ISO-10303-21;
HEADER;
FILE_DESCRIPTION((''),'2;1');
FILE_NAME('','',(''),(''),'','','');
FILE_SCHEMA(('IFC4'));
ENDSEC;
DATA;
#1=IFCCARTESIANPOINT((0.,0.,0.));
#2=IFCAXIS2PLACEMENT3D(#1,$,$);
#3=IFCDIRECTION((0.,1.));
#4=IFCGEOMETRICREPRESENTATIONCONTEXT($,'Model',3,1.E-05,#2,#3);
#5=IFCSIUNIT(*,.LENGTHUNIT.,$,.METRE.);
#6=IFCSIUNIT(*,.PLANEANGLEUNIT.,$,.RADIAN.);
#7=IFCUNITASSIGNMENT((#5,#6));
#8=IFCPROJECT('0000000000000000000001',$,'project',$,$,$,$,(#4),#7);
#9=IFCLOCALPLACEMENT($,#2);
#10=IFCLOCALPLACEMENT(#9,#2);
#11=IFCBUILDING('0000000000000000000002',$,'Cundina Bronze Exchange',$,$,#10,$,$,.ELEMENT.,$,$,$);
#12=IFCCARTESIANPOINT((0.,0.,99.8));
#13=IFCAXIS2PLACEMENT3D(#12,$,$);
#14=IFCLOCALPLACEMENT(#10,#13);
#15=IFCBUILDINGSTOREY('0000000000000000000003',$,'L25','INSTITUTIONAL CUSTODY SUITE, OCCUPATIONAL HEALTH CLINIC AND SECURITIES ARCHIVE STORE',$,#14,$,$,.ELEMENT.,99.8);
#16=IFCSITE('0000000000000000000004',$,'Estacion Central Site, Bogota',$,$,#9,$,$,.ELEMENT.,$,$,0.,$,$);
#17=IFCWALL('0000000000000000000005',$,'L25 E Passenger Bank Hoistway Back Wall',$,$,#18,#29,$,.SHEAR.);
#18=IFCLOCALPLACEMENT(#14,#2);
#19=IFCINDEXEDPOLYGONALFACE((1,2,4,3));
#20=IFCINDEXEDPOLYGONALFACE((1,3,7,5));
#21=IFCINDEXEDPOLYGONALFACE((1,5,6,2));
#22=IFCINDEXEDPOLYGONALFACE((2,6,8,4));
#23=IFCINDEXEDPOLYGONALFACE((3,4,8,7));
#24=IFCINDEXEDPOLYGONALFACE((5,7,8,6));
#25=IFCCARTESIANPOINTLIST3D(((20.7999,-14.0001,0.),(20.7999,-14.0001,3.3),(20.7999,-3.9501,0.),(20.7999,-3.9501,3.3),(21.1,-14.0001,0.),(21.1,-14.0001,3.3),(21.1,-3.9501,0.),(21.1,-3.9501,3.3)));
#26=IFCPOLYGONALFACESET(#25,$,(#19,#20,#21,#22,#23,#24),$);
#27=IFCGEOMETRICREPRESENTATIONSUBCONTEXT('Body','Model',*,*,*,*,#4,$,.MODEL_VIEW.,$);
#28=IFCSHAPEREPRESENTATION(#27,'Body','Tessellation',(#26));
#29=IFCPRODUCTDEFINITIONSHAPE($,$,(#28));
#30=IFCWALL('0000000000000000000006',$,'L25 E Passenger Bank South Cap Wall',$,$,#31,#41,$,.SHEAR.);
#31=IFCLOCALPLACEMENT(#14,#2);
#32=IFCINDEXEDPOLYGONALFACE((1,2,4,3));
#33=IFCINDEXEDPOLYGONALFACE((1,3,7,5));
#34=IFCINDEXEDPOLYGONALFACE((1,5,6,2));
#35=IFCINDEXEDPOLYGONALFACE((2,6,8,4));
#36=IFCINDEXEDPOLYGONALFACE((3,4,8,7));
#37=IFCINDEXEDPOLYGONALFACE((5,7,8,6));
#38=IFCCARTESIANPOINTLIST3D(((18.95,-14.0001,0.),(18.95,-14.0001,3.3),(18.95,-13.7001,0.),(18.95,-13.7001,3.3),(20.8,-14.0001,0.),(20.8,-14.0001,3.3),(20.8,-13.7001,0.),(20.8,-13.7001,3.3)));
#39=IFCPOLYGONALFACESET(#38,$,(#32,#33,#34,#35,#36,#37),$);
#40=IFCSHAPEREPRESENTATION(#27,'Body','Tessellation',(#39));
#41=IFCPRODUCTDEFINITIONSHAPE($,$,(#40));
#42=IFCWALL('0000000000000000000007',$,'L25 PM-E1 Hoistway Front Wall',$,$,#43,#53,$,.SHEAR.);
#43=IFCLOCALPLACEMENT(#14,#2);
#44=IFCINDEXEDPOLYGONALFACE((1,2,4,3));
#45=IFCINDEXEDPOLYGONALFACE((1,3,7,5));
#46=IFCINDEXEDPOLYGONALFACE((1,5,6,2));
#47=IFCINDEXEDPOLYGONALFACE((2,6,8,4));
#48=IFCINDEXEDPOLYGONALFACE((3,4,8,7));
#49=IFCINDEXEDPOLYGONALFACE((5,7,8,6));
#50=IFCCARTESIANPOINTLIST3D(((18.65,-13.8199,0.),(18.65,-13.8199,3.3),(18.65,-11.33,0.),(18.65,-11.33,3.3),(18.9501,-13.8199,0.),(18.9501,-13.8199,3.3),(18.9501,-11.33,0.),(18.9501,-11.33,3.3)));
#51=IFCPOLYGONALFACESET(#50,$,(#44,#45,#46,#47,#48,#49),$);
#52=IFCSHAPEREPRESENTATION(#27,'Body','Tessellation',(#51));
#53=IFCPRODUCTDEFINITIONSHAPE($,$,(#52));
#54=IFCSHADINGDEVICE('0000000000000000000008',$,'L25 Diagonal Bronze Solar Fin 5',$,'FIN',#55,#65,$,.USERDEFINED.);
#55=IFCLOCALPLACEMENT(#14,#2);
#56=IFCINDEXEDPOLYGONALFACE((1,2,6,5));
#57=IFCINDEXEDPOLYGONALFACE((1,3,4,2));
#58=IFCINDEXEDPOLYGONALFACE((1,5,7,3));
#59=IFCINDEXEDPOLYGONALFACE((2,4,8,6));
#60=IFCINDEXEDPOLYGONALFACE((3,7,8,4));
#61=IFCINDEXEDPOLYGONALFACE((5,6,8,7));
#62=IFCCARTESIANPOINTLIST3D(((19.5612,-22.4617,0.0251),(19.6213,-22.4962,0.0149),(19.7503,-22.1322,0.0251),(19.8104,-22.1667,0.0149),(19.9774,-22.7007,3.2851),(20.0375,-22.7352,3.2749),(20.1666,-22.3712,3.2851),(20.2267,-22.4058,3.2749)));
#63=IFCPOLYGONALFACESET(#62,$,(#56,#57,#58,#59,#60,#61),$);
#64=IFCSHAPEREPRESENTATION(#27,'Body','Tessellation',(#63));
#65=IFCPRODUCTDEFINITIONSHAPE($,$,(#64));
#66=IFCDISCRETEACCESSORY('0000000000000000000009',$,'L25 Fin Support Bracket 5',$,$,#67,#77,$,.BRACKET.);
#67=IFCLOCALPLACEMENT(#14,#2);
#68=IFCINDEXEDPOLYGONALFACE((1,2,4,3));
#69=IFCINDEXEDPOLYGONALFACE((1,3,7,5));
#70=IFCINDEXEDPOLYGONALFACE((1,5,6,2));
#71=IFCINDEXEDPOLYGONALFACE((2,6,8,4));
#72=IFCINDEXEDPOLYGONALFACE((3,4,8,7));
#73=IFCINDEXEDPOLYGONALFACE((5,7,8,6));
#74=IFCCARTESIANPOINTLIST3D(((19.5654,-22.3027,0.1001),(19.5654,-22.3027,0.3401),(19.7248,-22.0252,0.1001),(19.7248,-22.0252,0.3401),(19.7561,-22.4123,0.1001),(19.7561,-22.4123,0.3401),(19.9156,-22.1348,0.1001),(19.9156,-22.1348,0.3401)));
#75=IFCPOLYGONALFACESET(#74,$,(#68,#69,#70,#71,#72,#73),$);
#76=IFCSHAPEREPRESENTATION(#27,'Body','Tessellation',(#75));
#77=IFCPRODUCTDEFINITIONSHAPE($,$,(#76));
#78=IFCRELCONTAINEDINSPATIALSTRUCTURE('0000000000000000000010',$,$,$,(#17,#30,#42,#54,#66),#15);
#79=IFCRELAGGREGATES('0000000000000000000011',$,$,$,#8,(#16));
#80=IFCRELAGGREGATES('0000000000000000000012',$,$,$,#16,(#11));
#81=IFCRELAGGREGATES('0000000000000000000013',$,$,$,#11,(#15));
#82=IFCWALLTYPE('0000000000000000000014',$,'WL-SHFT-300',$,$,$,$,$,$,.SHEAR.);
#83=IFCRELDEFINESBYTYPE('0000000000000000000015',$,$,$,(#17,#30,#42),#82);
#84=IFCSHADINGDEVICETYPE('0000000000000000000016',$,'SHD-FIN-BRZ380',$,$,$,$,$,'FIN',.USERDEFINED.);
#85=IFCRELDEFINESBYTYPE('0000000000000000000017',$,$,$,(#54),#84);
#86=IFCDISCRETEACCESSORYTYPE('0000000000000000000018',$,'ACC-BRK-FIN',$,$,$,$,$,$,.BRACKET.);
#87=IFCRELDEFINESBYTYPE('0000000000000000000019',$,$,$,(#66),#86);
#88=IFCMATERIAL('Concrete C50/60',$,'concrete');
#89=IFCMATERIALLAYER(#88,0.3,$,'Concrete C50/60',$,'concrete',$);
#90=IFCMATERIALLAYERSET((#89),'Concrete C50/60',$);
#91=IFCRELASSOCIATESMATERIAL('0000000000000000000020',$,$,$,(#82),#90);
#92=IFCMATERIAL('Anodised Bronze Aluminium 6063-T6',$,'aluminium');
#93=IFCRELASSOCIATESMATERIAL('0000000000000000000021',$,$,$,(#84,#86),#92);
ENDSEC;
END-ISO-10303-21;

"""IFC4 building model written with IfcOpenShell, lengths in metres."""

from ifc_helpers import new_model, si_unit, direction, frame, frame_2d, origin, origin_2d, place, context, subcontext, project, spatial, rectangle, extrude, material, layer, layer_set, material_profile, profile_set, type_object, element, save


model = new_model("IFC4")

# Units and contexts
model_context = context("Model", 3, precision=1e-05, world=origin(), true_north=direction((0.0, 1.0)))
body_context = subcontext(model_context, "Body", "Model", "MODEL_VIEW")
ifc_project = project(units=[si_unit("LENGTHUNIT", "METRE"), si_unit("PLANEANGLEUNIT", "RADIAN")], contexts=[model_context])

# Site, building, storey
site_placement = place(None, origin())
site = spatial("IfcSite", under=ifc_project, at=site_placement, Name="Estacion Central Site, Bogota", CompositionType="ELEMENT", RefElevation=0.0)
building_placement = place(site_placement, origin())
building = spatial("IfcBuilding", under=site, at=building_placement, Name="Cundina Bronze Exchange", CompositionType="ELEMENT")
storey_placement = place(building_placement, frame((0.0, 0.0, 99.8)))
storey = spatial("IfcBuildingStorey", under=building, at=storey_placement, Name="L25", Description="INSTITUTIONAL CUSTODY SUITE, OCCUPATIONAL HEALTH CLINIC AND SECURITIES ARCHIVE STORE", CompositionType="ELEMENT", Elevation=99.8)

# Shared definitions
ifc_material_1 = material(Name="Anodised Bronze Aluminium 6063-T6", Category="aluminium")

# Walls
ifc_material_2 = material(Name="Concrete C50/60", Category="concrete")
ifc_layer_1 = layer(ifc_material_2, 0.3, Name="Concrete C50/60", Category="concrete")
ifc_layer_set_1 = layer_set([ifc_layer_1], Name="Concrete C50/60")
wall_type_1 = type_object("IfcWallType", Name="WL-SHFT-300", PredefinedType="SHEAR", material=ifc_layer_set_1)
wall_1_placement = place(storey_placement, frame((20.95, -14.0, 0.0), z_axis=(0.0, 0.0, 1.0), x_axis=(0.0, 1.0, 0.0)))
element("IfcWall", 1, at=wall_1_placement, inside=storey, type_object=wall_type_1, Name="L25 E Passenger Bank Hoistway Back Wall", PredefinedType="SHEAR", context=body_context, shape_type="SweptSolid", body=[
    extrude(rectangle(XDim=10.05, YDim=0.3, at=frame_2d((5.0249, 0.0))), origin(), (0.0, 0.0, 1.0), 3.3),
])
wall_2_placement = place(storey_placement, frame((18.95, -13.8501, 0.0), z_axis=(0.0, 0.0, 1.0), x_axis=(1.0, 0.0, 0.0)))
element("IfcWall", 2, at=wall_2_placement, inside=storey, type_object=wall_type_1, Name="L25 E Passenger Bank South Cap Wall", PredefinedType="SHEAR", context=body_context, shape_type="SweptSolid", body=[
    extrude(rectangle(XDim=1.8501, YDim=0.3, at=frame_2d((0.925, 0.0))), origin(), (0.0, 0.0, 1.0), 3.3),
])
wall_3_placement = place(storey_placement, frame((18.8, -13.8201, 0.0), z_axis=(0.0, 0.0, 1.0), x_axis=(0.0, 1.0, 0.0)))
element("IfcWall", 3, at=wall_3_placement, inside=storey, type_object=wall_type_1, Name="L25 PM-E1 Hoistway Front Wall", PredefinedType="SHEAR", context=body_context, shape_type="SweptSolid", body=[
    extrude(rectangle(XDim=2.49, YDim=0.3, at=frame_2d((1.2451, 0.0))), origin(), (0.0, 0.0, 1.0), 3.3),
])

# Shading device
ifc_material_profile_1 = material_profile(ifc_material_1, rectangle(XDim=0.0701, YDim=0.3799, at=origin_2d()), Name="FIN70X380", Category="aluminium")
ifc_profile_set_1 = profile_set([ifc_material_profile_1], Name="Anodised Bronze Aluminium 6063-T6")
shading_device_type = type_object("IfcShadingDeviceType", Name="SHD-FIN-BRZ380", ElementType="FIN", PredefinedType="USERDEFINED", material=ifc_profile_set_1)
shading_device_placement = place(storey_placement, frame((19.6858, -22.3142, 0.02), z_axis=(0.126325, -0.072535, 0.989333), x_axis=(-0.857958, 0.492634, 0.145668)))
element("IfcShadingDevice", 4, at=shading_device_placement, inside=storey, type_object=shading_device_type, Name="L25 Diagonal Bronze Solar Fin 5", ObjectType="FIN", PredefinedType="USERDEFINED", context=body_context, shape_type="SweptSolid", body=[
    extrude(rectangle(XDim=0.0701, YDim=0.3799, at=origin_2d()), origin(), (0.0, 0.0, 1.0), 3.2952),
])

# Discrete accessory
discrete_accessory_type = type_object("IfcDiscreteAccessoryType", Name="ACC-BRK-FIN", PredefinedType="BRACKET", material=ifc_material_1)
discrete_accessory_placement = place(storey_placement, frame((19.7405, -22.2188, 0.1001), z_axis=(0.0, 0.0, 1.0), x_axis=(0.867105, -0.498125, 0.0)))
element("IfcDiscreteAccessory", 5, at=discrete_accessory_placement, inside=storey, type_object=discrete_accessory_type, Name="L25 Fin Support Bracket 5", PredefinedType="BRACKET", context=body_context, shape_type="SweptSolid", body=[
    extrude(rectangle(XDim=0.22, YDim=0.3201, at=origin_2d()), origin(), (0.0, 0.0, 1.0), 0.24),
])

save(model, "model.ifc")
